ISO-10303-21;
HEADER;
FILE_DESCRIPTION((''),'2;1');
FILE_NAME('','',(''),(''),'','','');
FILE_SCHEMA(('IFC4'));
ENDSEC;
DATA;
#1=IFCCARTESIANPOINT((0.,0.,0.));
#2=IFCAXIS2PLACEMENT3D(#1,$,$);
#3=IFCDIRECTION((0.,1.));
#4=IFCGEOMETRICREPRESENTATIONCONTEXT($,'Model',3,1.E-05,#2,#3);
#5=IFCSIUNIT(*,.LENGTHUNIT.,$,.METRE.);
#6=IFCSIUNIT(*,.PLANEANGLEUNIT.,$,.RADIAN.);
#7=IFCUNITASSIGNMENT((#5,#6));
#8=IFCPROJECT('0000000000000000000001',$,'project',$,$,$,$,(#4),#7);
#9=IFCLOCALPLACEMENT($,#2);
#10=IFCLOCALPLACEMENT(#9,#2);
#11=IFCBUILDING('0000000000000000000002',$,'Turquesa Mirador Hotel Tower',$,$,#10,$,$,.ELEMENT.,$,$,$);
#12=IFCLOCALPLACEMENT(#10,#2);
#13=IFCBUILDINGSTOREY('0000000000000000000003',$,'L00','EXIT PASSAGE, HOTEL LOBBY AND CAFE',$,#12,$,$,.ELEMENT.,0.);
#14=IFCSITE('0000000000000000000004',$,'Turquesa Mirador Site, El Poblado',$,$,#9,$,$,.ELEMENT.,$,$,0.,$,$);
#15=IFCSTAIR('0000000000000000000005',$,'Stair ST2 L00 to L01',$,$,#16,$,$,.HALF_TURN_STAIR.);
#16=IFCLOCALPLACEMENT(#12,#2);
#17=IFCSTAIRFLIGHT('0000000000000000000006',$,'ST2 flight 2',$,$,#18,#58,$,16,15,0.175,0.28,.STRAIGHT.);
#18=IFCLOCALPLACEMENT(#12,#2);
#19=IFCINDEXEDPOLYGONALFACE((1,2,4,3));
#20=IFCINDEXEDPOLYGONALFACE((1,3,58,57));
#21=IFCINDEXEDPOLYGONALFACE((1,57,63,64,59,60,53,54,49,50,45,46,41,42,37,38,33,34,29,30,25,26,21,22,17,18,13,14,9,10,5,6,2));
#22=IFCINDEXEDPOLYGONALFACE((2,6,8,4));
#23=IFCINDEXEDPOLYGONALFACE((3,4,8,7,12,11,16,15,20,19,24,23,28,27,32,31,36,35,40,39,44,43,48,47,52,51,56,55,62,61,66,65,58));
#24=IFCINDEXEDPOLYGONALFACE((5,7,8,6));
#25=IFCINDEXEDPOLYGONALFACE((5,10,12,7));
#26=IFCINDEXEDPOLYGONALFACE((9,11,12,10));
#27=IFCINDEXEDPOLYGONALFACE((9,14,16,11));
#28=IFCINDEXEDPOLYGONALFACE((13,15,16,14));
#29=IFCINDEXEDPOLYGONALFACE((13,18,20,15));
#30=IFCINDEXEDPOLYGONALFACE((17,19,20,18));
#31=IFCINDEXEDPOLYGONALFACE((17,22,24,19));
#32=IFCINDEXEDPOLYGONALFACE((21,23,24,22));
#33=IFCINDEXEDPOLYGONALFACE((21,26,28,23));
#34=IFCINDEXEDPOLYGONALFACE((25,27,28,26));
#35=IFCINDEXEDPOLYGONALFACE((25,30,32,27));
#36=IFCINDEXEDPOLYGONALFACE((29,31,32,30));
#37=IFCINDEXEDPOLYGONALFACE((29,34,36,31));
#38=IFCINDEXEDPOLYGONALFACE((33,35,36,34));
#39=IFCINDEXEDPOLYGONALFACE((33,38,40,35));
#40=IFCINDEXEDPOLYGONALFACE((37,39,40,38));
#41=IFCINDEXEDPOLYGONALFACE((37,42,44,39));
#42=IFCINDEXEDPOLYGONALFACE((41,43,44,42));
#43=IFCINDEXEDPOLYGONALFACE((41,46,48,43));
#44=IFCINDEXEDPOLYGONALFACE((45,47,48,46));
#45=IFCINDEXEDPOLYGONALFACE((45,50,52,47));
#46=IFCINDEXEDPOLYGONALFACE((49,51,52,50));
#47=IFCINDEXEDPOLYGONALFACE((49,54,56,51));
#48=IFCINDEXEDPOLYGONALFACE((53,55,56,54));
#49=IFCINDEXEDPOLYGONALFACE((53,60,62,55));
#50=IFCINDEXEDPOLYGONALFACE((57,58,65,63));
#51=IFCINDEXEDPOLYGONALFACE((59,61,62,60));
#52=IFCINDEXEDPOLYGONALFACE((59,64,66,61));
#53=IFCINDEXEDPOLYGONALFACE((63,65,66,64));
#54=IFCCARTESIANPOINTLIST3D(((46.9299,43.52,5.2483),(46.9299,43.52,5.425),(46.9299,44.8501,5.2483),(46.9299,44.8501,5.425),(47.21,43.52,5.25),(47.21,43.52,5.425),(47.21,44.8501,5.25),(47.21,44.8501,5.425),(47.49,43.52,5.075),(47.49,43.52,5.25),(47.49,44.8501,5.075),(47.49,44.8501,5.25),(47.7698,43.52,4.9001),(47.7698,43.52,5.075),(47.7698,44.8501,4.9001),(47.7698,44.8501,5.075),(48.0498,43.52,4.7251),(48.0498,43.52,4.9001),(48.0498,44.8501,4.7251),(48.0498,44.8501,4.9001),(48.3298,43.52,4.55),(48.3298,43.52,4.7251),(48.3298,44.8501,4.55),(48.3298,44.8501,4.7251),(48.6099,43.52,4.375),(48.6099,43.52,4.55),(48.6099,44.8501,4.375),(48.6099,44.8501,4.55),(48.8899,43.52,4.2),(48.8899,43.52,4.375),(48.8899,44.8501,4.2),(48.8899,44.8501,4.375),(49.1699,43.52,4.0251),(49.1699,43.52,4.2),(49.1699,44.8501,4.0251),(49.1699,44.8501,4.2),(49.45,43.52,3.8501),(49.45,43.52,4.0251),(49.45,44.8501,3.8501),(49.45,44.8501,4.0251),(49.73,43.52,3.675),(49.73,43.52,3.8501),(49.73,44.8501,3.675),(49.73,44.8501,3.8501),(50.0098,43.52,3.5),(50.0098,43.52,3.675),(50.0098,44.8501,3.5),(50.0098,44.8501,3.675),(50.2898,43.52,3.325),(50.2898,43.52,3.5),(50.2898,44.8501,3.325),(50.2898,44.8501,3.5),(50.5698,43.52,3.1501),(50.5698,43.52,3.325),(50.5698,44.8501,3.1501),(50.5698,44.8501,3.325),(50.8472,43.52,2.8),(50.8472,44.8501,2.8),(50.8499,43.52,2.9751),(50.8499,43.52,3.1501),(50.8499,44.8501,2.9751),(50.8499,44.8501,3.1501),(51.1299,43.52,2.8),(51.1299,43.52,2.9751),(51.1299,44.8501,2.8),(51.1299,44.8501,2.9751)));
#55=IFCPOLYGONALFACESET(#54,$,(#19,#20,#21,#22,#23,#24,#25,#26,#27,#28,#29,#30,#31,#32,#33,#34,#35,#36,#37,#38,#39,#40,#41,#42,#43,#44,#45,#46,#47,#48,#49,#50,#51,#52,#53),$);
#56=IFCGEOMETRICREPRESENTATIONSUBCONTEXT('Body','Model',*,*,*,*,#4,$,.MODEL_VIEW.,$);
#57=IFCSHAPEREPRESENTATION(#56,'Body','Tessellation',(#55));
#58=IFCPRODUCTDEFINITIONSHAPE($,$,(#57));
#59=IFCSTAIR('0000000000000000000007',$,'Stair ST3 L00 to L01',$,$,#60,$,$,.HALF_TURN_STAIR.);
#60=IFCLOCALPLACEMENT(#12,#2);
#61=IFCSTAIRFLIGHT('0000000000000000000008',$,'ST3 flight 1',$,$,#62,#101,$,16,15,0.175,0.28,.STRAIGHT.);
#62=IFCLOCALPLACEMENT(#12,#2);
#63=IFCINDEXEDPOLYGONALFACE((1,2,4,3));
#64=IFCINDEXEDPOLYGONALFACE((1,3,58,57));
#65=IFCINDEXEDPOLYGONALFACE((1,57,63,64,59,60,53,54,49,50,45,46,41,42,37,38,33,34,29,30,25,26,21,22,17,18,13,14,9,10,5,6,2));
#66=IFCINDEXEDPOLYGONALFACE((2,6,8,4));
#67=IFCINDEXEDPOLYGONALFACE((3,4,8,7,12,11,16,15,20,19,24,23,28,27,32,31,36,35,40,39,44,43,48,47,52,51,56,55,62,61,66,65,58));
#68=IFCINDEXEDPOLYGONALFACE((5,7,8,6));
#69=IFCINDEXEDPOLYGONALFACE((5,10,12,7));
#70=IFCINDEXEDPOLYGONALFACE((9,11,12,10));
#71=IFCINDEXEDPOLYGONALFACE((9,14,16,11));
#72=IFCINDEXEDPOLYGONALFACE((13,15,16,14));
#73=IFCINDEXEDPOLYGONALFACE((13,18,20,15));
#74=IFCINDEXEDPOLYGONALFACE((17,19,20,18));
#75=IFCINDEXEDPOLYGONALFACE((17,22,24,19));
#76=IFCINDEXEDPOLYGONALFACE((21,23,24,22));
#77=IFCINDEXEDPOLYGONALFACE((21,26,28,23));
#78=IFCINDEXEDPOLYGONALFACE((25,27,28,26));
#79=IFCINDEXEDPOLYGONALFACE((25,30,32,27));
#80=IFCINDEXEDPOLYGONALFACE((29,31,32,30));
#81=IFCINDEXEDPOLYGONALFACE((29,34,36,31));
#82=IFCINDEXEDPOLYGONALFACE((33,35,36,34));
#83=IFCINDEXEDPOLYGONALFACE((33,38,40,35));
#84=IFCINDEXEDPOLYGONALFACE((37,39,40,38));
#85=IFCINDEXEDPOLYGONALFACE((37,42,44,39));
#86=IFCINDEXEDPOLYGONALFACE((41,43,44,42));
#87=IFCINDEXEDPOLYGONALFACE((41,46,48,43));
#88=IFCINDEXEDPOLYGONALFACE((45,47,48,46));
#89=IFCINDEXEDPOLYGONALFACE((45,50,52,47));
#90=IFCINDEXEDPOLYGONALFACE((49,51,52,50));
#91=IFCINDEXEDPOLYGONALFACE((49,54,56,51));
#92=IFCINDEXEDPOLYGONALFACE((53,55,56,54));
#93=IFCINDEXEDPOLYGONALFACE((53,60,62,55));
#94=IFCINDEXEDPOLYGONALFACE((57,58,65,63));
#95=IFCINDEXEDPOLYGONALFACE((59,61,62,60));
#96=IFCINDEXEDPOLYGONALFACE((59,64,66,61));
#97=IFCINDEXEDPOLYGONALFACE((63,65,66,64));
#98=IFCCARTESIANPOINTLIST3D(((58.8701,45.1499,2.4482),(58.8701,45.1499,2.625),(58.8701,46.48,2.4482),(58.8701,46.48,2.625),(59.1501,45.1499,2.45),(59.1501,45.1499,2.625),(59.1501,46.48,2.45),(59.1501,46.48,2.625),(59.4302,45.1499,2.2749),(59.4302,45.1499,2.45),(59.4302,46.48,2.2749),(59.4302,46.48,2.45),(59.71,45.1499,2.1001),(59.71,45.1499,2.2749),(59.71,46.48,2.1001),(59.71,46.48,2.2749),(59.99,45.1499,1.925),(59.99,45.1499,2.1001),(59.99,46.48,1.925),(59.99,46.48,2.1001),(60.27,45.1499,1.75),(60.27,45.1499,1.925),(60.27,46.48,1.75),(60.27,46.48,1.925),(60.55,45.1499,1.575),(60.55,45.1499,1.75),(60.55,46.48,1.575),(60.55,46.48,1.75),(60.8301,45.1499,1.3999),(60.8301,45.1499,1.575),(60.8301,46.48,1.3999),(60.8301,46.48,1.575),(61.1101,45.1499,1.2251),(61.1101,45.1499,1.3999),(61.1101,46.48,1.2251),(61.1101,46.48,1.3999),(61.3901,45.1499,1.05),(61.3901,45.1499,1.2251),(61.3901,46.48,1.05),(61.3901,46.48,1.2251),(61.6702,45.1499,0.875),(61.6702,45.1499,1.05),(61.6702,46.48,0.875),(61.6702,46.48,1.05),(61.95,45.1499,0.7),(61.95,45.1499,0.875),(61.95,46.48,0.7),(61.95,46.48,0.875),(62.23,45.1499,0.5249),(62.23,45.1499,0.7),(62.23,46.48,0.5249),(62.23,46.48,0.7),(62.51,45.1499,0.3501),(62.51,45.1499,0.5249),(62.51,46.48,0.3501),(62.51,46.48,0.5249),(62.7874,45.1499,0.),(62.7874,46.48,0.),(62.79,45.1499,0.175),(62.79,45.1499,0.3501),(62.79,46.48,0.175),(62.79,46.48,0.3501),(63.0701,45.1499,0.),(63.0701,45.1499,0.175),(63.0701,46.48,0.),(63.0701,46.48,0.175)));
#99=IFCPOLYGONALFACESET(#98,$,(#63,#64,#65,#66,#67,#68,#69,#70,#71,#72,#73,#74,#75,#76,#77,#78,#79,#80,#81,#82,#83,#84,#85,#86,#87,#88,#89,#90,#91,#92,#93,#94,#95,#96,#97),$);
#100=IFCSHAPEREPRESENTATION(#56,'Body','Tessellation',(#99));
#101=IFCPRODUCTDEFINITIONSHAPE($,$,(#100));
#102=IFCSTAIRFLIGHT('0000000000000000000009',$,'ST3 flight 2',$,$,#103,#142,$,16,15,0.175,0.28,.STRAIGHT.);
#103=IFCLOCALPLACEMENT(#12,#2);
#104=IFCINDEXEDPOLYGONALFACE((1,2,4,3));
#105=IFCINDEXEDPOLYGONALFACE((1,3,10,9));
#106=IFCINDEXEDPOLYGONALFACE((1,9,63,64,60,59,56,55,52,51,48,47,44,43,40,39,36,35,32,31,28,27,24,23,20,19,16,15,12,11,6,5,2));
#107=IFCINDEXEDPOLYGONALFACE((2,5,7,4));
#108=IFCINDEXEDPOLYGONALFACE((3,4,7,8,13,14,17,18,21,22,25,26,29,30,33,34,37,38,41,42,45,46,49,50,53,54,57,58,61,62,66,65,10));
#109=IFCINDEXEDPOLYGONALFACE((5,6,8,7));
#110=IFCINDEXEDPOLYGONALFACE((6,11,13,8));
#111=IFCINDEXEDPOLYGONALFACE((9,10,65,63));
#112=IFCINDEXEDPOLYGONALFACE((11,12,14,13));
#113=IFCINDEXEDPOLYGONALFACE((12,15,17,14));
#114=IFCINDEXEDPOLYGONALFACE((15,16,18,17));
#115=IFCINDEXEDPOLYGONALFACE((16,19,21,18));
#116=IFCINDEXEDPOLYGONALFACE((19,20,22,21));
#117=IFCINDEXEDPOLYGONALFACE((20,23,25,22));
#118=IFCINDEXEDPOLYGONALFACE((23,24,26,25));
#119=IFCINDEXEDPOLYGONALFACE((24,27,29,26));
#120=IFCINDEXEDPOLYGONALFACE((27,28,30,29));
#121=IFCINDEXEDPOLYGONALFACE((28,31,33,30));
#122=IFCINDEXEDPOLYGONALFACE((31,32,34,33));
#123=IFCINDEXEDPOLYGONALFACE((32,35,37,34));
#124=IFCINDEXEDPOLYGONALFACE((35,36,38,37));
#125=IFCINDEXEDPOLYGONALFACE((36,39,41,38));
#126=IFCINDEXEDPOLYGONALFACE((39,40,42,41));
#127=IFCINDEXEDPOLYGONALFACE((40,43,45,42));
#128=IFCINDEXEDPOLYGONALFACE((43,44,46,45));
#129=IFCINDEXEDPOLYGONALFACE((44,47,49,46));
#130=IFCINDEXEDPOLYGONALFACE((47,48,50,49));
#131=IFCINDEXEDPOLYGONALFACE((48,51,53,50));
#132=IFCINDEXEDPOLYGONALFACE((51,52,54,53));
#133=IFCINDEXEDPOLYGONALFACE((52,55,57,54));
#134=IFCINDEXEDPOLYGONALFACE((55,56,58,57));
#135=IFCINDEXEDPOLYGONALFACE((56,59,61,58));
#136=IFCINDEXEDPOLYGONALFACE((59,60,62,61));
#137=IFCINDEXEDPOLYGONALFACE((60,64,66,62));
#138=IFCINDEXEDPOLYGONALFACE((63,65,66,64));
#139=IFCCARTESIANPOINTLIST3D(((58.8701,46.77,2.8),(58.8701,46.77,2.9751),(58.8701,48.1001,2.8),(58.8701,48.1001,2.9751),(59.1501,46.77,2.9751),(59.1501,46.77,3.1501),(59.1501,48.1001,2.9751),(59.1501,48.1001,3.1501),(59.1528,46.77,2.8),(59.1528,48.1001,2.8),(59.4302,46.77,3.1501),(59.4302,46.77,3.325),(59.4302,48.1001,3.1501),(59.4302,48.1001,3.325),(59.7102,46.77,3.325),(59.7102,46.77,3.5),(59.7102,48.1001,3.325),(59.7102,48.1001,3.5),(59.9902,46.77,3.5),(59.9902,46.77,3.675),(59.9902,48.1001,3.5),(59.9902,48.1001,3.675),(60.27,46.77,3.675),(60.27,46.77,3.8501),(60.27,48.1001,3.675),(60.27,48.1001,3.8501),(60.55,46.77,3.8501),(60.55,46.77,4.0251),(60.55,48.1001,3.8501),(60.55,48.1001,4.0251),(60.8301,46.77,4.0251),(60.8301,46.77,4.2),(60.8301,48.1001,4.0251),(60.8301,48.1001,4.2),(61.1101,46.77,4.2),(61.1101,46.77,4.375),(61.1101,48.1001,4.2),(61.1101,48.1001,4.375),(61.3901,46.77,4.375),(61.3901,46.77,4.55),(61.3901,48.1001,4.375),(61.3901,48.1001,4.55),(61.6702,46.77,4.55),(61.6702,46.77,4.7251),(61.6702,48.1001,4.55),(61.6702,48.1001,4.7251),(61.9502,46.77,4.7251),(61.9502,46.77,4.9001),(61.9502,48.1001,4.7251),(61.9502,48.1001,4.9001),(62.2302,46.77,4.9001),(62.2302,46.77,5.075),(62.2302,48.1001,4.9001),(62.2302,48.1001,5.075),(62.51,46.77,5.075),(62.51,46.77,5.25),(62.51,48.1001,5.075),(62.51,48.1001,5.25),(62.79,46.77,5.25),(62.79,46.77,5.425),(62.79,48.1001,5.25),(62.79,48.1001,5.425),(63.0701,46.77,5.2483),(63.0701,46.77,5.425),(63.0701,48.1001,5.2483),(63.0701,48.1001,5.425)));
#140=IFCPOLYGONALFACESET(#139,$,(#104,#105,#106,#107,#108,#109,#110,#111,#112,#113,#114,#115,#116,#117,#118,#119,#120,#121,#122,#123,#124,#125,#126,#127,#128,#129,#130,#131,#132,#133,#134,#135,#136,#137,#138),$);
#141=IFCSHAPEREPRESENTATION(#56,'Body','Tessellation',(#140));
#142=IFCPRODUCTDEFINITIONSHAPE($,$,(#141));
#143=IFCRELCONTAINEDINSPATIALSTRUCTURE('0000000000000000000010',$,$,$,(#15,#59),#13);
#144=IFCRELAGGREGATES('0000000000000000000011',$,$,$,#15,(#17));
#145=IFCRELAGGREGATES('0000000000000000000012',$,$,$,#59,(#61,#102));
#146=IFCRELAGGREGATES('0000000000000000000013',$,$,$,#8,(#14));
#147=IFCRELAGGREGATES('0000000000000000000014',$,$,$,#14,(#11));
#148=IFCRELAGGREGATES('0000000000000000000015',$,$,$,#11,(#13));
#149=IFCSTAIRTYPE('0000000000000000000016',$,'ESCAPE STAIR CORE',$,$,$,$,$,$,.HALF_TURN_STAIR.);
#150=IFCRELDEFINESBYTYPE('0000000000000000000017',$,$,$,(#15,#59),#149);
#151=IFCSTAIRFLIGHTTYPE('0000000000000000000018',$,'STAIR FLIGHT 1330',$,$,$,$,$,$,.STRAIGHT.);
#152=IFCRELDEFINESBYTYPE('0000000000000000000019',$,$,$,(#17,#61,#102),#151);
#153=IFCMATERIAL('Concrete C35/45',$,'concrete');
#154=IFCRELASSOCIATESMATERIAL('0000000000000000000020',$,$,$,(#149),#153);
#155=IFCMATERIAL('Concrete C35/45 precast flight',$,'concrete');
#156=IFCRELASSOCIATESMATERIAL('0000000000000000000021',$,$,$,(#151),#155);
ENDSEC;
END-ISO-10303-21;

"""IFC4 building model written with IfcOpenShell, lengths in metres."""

from ifc_helpers import new_model, si_unit, direction, frame, origin, place, context, subcontext, project, spatial, polyline, outline, extrude, material, type_object, element, aggregate, save


model = new_model("IFC4")

# Units and contexts
model_context = context("Model", 3, precision=1e-05, world=origin(), true_north=direction((0.0, 1.0)))
body_context = subcontext(model_context, "Body", "Model", "MODEL_VIEW")
ifc_project = project(units=[si_unit("LENGTHUNIT", "METRE"), si_unit("PLANEANGLEUNIT", "RADIAN")], contexts=[model_context])

# Site, building, storey
site_placement = place(None, origin())
site = spatial("IfcSite", under=ifc_project, at=site_placement, Name="Turquesa Mirador Site, El Poblado", CompositionType="ELEMENT", RefElevation=0.0)
building_placement = place(site_placement, origin())
building = spatial("IfcBuilding", under=site, at=building_placement, Name="Turquesa Mirador Hotel Tower", CompositionType="ELEMENT")
storey_placement = place(building_placement, origin())
storey = spatial("IfcBuildingStorey", under=building, at=storey_placement, Name="L00", Description="EXIT PASSAGE, HOTEL LOBBY AND CAFE", CompositionType="ELEMENT", Elevation=0.0)

# Stair, stair flight
ifc_material_1 = material(Name="Concrete C35/45", Category="concrete")
stair_type = type_object("IfcStairType", Name="ESCAPE STAIR CORE", PredefinedType="HALF_TURN_STAIR", material=ifc_material_1)
stair_1_placement = place(storey_placement, origin())
stair_1 = element("IfcStair", 1, at=stair_1_placement, inside=storey, type_object=stair_type, Name="Stair ST2 L00 to L01", PredefinedType="HALF_TURN_STAIR")
ifc_material_2 = material(Name="Concrete C35/45 precast flight", Category="concrete")
stair_flight_type = type_object("IfcStairFlightType", Name="STAIR FLIGHT 1330", PredefinedType="STRAIGHT", material=ifc_material_2)
stair_flight_1_placement = place(storey_placement, frame((51.1299, 44.1851, 2.8), z_axis=(0.0, 0.0, 1.0), x_axis=(-1.0, 0.0, 0.0)))
stair_flight_1 = element("IfcStairFlight", 2, at=stair_flight_1_placement, type_object=stair_flight_type, Name="ST2 flight 2", NumberOfRisers=16, NumberOfTreads=15, PredefinedType="STRAIGHT", RiserHeight=0.175, TreadLength=0.28, context=body_context, shape_type="SweptSolid", body=[
    extrude(outline(polyline([(0.0, 0.0), (0.0, 0.175), (0.28, 0.175), (0.28, 0.3501), (0.5601, 0.3501), (0.5601, 0.5249), (0.8401, 0.5249), (0.8401, 0.7), (1.1201, 0.7), (1.1201, 0.875), (1.3999, 0.875), (1.3999, 1.05), (1.6799, 1.05), (1.6799, 1.2251), (1.96, 1.2251), (1.96, 1.3999), (2.24, 1.3999), (2.24, 1.575), (2.52, 1.575), (2.52, 1.75), (2.8, 1.75), (2.8, 1.925), (3.0801, 1.925), (3.0801, 2.1001), (3.3601, 2.1001), (3.3601, 2.2749), (3.6399, 2.2749), (3.6399, 2.45), (3.9199, 2.45), (3.9199, 2.625), (4.2, 2.625), (4.2, 2.8), (4.2, 2.4482), (0.2827, 0.0), (0.0, 0.0)])), frame((0.0, 0.665, 0.0), z_axis=(0.0, -1.0, 0.0), x_axis=(1.0, 0.0, 0.0)), (0.0, 0.0, 1.0), 1.3301),
])
aggregate(stair_1, [stair_flight_1])

# Stair, stair flights
stair_2_placement = place(storey_placement, origin())
stair_2 = element("IfcStair", 3, at=stair_2_placement, inside=storey, type_object=stair_type, Name="Stair ST3 L00 to L01", PredefinedType="HALF_TURN_STAIR")
stair_flight_2_placement = place(storey_placement, frame((63.0701, 45.8149, 0.0), z_axis=(0.0, 0.0, 1.0), x_axis=(-1.0, 0.0, 0.0)))
stair_flight_2 = element("IfcStairFlight", 4, at=stair_flight_2_placement, type_object=stair_flight_type, Name="ST3 flight 1", NumberOfRisers=16, NumberOfTreads=15, PredefinedType="STRAIGHT", RiserHeight=0.175, TreadLength=0.28, context=body_context, shape_type="SweptSolid", body=[
    extrude(outline(polyline([(0.0, 0.0), (0.0, 0.175), (0.28, 0.175), (0.28, 0.3501), (0.5601, 0.3501), (0.5601, 0.5249), (0.8401, 0.5249), (0.8401, 0.7), (1.1201, 0.7), (1.1201, 0.875), (1.3999, 0.875), (1.3999, 1.05), (1.6799, 1.05), (1.6799, 1.2251), (1.96, 1.2251), (1.96, 1.3999), (2.24, 1.3999), (2.24, 1.575), (2.52, 1.575), (2.52, 1.75), (2.8, 1.75), (2.8, 1.925), (3.0801, 1.925), (3.0801, 2.1001), (3.3601, 2.1001), (3.3601, 2.2749), (3.6399, 2.2749), (3.6399, 2.45), (3.9199, 2.45), (3.9199, 2.625), (4.2, 2.625), (4.2, 2.8), (4.2, 2.4482), (0.2827, 0.0), (0.0, 0.0)])), frame((0.0, 0.665, 0.0), z_axis=(0.0, -1.0, 0.0), x_axis=(1.0, 0.0, 0.0)), (0.0, 0.0, 1.0), 1.3301),
])
stair_flight_3_placement = place(storey_placement, frame((58.8701, 47.4351, 2.8), z_axis=(0.0, 0.0, 1.0), x_axis=(1.0, 0.0, 0.0)))
stair_flight_3 = element("IfcStairFlight", 5, at=stair_flight_3_placement, type_object=stair_flight_type, Name="ST3 flight 2", NumberOfRisers=16, NumberOfTreads=15, PredefinedType="STRAIGHT", RiserHeight=0.175, TreadLength=0.28, context=body_context, shape_type="SweptSolid", body=[
    extrude(outline(polyline([(0.0, 0.0), (0.0, 0.175), (0.28, 0.175), (0.28, 0.3501), (0.5601, 0.3501), (0.5601, 0.5249), (0.8401, 0.5249), (0.8401, 0.7), (1.1201, 0.7), (1.1201, 0.875), (1.3999, 0.875), (1.3999, 1.05), (1.6799, 1.05), (1.6799, 1.2251), (1.96, 1.2251), (1.96, 1.3999), (2.24, 1.3999), (2.24, 1.575), (2.52, 1.575), (2.52, 1.75), (2.8, 1.75), (2.8, 1.925), (3.0801, 1.925), (3.0801, 2.1001), (3.3601, 2.1001), (3.3601, 2.2749), (3.6399, 2.2749), (3.6399, 2.45), (3.9199, 2.45), (3.9199, 2.625), (4.2, 2.625), (4.2, 2.8), (4.2, 2.4482), (0.2827, 0.0), (0.0, 0.0)])), frame((0.0, 0.665, 0.0), z_axis=(0.0, -1.0, 0.0), x_axis=(1.0, 0.0, 0.0)), (0.0, 0.0, 1.0), 1.3301),
])
aggregate(stair_2, [stair_flight_2, stair_flight_3])

save(model, "model.ifc")
